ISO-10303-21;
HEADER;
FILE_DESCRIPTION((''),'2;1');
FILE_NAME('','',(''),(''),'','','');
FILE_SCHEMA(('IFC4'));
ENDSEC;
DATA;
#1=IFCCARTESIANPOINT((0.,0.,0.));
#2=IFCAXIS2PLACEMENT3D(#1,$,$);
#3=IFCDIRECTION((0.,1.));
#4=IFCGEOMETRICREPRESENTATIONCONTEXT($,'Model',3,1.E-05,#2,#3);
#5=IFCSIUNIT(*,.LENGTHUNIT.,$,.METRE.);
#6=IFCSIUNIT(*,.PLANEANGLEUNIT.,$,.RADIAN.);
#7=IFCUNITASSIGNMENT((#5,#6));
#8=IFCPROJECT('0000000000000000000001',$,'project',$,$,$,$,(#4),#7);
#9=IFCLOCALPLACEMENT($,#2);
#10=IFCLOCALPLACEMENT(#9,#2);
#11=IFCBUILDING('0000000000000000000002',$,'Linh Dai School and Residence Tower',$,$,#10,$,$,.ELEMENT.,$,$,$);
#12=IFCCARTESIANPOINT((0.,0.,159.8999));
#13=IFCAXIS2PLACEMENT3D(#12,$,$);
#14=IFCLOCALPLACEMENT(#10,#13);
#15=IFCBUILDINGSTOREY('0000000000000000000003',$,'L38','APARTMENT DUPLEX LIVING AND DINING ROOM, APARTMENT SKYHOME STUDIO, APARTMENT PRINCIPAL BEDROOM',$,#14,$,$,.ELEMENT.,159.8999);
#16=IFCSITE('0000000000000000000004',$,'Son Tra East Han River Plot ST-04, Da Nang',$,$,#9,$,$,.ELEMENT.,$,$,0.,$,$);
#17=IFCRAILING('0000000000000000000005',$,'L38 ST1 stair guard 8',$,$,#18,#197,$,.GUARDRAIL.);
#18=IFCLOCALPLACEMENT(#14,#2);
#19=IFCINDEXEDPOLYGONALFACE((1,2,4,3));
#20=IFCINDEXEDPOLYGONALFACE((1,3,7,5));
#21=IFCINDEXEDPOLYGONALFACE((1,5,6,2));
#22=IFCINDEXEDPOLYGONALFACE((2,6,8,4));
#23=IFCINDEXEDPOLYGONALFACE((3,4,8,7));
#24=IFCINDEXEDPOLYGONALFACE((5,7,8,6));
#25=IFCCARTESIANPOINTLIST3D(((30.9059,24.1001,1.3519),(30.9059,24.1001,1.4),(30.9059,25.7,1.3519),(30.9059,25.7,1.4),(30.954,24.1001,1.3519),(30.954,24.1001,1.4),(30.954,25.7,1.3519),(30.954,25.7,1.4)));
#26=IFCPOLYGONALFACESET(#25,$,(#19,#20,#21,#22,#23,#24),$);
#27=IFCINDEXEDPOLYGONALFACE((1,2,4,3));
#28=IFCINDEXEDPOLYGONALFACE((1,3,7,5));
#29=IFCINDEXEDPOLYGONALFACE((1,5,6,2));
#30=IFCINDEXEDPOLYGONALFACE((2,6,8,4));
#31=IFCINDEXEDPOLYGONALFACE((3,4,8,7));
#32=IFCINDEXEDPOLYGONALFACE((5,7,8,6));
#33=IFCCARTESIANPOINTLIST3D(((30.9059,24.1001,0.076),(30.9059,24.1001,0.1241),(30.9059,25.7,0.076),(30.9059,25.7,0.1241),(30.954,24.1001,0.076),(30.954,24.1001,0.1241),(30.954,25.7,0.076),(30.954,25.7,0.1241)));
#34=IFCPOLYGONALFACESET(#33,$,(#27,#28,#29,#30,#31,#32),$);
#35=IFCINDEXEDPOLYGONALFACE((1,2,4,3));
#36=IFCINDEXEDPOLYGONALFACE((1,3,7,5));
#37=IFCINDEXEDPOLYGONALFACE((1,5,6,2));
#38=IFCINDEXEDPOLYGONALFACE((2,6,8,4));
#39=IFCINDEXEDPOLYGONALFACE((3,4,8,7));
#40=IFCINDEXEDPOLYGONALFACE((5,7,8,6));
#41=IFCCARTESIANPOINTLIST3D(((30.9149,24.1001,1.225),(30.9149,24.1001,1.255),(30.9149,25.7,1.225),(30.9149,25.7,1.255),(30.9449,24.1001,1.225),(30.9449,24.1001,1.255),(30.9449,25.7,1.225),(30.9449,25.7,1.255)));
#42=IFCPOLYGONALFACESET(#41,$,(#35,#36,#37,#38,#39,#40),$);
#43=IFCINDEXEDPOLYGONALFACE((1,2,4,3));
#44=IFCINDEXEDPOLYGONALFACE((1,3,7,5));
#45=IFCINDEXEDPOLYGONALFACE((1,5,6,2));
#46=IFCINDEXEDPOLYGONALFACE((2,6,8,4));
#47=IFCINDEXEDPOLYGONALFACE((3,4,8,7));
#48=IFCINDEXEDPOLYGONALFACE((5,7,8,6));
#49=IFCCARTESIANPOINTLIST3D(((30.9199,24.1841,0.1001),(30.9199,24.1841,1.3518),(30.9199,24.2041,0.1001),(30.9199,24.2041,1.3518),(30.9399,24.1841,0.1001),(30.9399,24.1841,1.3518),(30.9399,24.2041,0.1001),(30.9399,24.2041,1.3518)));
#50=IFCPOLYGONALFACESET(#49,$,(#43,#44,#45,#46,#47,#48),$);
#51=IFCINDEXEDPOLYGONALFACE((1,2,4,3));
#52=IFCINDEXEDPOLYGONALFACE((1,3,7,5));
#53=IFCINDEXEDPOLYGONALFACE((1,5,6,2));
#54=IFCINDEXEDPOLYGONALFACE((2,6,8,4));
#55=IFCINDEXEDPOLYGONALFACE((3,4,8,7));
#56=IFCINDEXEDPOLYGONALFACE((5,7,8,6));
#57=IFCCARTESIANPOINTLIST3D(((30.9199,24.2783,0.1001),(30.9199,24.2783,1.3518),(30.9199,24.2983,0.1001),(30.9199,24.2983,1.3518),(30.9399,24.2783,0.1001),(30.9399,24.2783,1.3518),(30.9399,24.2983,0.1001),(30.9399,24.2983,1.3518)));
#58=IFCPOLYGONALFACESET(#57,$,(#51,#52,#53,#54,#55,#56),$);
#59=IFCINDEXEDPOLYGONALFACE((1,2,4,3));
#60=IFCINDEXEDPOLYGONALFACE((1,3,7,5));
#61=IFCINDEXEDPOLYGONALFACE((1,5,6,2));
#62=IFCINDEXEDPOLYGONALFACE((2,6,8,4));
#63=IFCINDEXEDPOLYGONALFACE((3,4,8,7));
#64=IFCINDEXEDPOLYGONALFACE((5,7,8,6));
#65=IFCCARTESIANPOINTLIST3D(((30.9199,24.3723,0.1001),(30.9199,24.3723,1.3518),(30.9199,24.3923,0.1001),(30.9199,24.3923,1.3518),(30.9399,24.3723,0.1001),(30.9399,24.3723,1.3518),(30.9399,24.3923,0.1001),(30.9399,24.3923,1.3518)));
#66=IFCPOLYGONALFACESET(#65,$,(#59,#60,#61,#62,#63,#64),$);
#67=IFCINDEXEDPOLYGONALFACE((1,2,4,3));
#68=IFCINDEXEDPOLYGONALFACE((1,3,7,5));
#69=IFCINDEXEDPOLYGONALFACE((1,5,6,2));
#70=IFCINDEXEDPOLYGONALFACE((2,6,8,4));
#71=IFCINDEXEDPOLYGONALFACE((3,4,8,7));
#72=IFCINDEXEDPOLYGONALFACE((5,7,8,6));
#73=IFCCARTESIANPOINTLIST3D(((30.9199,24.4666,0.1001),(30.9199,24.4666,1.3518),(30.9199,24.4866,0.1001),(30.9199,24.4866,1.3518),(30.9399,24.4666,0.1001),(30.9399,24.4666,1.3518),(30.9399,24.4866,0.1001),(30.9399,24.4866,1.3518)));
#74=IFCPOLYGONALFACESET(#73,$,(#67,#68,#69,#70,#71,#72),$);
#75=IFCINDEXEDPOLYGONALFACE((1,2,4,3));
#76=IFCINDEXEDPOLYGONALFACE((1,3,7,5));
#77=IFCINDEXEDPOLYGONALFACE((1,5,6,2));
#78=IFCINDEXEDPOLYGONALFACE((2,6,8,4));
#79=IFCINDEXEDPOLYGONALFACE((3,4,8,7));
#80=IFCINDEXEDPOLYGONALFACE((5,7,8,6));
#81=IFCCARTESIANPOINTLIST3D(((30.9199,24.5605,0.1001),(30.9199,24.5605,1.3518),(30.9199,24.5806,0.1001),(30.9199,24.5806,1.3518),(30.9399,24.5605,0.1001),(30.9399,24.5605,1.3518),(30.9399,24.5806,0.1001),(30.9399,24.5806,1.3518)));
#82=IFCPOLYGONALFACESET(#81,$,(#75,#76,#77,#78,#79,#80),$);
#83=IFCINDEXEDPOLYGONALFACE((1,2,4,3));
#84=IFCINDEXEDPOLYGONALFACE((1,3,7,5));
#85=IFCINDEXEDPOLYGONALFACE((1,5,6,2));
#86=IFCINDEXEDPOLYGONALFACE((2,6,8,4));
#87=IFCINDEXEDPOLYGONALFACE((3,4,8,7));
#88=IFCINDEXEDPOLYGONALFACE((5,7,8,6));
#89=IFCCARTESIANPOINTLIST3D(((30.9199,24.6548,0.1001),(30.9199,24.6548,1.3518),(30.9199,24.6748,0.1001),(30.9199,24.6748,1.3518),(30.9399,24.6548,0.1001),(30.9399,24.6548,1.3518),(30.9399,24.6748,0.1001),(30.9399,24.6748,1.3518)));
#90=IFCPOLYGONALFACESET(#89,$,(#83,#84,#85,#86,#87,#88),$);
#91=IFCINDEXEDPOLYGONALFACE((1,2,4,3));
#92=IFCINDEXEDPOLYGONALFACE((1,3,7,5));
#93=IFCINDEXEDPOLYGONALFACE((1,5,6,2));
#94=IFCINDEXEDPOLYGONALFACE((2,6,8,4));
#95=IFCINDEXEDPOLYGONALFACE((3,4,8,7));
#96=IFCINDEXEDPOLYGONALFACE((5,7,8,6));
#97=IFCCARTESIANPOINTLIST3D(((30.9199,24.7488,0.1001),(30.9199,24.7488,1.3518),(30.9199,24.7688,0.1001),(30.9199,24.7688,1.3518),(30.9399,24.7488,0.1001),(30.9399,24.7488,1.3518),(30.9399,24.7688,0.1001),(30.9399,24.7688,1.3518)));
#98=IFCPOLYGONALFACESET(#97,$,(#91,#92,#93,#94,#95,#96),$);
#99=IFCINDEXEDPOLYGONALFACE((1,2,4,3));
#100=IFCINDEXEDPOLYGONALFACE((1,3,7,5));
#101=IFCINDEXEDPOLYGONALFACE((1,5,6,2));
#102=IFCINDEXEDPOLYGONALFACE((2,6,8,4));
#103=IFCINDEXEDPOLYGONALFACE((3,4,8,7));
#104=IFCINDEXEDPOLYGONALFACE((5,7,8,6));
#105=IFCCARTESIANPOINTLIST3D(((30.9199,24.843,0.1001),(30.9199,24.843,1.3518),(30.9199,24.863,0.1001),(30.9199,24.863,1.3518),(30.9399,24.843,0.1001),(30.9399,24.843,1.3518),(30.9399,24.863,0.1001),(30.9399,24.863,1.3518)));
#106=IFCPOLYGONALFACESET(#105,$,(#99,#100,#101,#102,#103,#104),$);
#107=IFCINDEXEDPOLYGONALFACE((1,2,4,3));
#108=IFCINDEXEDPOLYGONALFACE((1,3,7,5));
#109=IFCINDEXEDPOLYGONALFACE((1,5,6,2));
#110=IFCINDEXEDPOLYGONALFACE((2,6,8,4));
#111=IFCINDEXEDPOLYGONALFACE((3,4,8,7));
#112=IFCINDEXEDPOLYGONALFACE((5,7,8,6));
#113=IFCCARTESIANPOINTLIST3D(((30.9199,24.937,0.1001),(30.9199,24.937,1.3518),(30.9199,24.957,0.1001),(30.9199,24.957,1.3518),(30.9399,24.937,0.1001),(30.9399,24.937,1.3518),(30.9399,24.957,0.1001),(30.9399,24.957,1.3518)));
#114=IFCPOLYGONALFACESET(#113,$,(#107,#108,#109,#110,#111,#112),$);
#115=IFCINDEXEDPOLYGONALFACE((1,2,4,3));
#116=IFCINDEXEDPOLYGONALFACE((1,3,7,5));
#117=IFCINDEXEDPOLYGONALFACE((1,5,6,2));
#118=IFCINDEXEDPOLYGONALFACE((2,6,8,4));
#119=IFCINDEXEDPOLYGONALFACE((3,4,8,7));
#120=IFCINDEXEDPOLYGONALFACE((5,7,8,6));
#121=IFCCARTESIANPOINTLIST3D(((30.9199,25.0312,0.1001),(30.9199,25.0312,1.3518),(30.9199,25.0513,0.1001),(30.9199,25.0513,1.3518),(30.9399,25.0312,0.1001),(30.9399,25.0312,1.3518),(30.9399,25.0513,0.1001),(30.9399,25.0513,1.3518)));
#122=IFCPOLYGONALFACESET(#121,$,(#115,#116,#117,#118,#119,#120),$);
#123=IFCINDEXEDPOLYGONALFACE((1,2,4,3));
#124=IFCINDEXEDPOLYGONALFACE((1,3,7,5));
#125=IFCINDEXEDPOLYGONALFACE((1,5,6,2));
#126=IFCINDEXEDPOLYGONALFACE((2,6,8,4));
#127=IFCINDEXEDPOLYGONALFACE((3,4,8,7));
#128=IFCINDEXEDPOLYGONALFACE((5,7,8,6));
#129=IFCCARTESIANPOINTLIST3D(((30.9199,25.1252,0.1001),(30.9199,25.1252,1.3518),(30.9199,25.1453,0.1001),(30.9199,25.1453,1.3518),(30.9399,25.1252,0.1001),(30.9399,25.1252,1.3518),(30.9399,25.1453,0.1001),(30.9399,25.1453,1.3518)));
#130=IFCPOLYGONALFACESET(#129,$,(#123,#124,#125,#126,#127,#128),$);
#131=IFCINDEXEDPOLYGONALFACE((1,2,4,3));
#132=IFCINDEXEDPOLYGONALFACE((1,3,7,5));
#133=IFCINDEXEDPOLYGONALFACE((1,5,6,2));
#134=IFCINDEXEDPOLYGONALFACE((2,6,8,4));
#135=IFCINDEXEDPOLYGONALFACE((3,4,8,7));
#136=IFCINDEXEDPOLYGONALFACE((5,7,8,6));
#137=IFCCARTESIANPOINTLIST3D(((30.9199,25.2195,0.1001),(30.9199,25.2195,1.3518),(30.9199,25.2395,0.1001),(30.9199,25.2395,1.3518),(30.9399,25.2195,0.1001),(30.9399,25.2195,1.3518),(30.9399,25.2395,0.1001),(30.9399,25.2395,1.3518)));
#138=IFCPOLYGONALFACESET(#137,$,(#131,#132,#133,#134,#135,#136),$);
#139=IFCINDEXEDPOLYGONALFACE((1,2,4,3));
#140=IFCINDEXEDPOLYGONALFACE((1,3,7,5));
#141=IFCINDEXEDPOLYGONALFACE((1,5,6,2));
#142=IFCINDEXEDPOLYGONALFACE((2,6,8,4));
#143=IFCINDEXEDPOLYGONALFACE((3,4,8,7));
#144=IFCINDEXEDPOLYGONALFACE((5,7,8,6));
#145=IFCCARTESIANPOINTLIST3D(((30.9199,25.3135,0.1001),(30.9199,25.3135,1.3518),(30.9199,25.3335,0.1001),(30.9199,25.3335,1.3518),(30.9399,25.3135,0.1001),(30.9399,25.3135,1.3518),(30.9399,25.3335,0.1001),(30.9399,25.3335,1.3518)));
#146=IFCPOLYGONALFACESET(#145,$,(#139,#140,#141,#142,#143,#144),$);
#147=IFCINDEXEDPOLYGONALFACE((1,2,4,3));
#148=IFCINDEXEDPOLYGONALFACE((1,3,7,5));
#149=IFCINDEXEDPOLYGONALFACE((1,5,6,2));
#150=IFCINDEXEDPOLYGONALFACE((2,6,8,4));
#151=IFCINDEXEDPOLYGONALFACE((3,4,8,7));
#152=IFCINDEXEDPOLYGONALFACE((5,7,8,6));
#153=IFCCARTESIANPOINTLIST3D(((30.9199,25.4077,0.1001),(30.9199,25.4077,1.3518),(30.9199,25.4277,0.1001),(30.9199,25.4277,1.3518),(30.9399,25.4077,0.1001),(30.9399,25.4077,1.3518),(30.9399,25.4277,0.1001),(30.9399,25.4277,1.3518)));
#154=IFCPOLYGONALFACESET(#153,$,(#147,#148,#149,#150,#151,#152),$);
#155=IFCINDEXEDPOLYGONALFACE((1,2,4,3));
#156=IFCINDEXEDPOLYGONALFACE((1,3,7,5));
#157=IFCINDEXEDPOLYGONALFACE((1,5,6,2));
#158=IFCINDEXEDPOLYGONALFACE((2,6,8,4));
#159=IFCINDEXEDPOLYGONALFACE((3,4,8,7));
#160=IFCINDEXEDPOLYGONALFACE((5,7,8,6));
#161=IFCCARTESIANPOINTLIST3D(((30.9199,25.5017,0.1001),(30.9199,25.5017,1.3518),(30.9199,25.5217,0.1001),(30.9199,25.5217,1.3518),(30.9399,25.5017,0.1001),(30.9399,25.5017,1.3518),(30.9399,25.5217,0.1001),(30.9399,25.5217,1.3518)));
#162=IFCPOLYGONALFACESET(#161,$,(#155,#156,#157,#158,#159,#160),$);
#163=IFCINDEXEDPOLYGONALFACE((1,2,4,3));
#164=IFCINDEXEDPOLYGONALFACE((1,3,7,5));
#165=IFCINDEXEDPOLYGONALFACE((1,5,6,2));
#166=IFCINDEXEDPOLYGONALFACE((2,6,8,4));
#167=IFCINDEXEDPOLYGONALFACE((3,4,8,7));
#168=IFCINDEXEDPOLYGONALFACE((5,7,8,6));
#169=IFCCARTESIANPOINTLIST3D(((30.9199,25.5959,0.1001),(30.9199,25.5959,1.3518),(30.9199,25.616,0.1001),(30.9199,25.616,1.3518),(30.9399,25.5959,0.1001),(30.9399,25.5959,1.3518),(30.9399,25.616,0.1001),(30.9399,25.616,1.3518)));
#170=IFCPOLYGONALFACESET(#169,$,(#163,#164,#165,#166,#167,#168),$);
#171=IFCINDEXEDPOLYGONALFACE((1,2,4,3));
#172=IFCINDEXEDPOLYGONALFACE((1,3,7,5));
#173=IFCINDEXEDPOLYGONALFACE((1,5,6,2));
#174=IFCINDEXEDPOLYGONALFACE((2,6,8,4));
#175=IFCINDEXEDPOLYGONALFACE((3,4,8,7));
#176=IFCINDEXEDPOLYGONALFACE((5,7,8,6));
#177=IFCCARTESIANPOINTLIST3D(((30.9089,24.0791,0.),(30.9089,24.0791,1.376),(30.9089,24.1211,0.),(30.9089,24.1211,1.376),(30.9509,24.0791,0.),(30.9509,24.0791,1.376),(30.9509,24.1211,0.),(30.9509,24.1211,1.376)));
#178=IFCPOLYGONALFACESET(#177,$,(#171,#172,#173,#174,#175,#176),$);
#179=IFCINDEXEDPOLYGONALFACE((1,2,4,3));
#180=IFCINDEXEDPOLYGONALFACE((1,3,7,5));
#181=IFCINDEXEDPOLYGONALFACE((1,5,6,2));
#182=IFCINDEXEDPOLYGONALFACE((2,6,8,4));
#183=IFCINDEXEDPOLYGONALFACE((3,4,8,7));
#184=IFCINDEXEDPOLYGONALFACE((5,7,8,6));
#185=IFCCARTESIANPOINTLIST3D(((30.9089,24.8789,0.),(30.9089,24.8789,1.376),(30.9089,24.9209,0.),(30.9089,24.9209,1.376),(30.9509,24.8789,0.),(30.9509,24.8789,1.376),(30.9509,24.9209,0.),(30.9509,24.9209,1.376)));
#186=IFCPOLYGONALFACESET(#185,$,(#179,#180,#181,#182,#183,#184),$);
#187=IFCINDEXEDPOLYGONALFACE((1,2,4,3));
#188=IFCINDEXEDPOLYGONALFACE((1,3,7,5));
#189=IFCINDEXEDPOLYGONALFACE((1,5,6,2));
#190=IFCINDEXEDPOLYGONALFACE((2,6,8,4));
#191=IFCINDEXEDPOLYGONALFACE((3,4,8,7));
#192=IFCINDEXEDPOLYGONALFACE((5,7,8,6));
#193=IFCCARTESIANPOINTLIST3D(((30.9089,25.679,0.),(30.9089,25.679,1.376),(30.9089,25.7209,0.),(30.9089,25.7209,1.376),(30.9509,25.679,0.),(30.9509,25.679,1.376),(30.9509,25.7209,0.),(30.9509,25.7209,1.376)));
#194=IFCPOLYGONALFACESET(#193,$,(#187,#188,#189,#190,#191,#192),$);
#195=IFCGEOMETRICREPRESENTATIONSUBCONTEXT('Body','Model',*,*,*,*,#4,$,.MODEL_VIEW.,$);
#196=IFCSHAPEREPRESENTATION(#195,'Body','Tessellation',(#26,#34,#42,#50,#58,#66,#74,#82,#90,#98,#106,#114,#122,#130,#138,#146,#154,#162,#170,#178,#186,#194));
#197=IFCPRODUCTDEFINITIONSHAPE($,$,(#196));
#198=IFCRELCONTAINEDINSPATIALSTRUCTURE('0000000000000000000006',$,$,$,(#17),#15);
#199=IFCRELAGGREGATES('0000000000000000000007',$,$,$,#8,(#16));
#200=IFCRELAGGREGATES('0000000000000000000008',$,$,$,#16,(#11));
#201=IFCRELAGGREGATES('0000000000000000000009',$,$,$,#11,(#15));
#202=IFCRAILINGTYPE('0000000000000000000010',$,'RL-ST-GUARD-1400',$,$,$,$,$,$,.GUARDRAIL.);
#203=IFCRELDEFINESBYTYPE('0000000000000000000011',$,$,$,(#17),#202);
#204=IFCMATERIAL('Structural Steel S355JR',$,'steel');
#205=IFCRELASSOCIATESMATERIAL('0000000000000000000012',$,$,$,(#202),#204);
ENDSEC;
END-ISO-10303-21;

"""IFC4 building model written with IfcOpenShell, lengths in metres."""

from ifc_helpers import new_model, si_unit, direction, frame, origin, origin_2d, place, context, subcontext, project, spatial, rectangle, extrude, source, transform, mapped, material, type_object, element, save


model = new_model("IFC4")

# Units and contexts
model_context = context("Model", 3, precision=1e-05, world=origin(), true_north=direction((0.0, 1.0)))
body_context = subcontext(model_context, "Body", "Model", "MODEL_VIEW")
ifc_project = project(units=[si_unit("LENGTHUNIT", "METRE"), si_unit("PLANEANGLEUNIT", "RADIAN")], contexts=[model_context])

# Site, building, storey
site_placement = place(None, origin())
site = spatial("IfcSite", under=ifc_project, at=site_placement, Name="Son Tra East Han River Plot ST-04, Da Nang", CompositionType="ELEMENT", RefElevation=0.0)
building_placement = place(site_placement, origin())
building = spatial("IfcBuilding", under=site, at=building_placement, Name="Linh Dai School and Residence Tower", CompositionType="ELEMENT")
storey_placement = place(building_placement, frame((0.0, 0.0, 159.8999)))
storey = spatial("IfcBuildingStorey", under=building, at=storey_placement, Name="L38", Description="APARTMENT DUPLEX LIVING AND DINING ROOM, APARTMENT SKYHOME STUDIO, APARTMENT PRINCIPAL BEDROOM", CompositionType="ELEMENT", Elevation=159.8999)

# Shared definitions
ifc_material_1 = material(Name="Structural Steel S355JR", Category="steel")

# Railing
railing_type = type_object("IfcRailingType", Name="RL-ST-GUARD-1400", PredefinedType="GUARDRAIL", material=ifc_material_1)
shared_shape_1 = source(origin(), body_context, "Body", "SweptSolid", [
    extrude(rectangle(XDim=0.0481, YDim=0.0481, at=origin_2d()), frame((0.0, 0.0, 1.376), z_axis=(0.0, 1.0, 0.0), x_axis=(-1.0, 0.0, 0.0)), (0.0, 0.0, 1.0), 1.5999),
    extrude(rectangle(XDim=0.0481, YDim=0.0481, at=origin_2d()), frame((0.0, 0.0, 0.1001), z_axis=(0.0, 1.0, 0.0), x_axis=(-1.0, 0.0, 0.0)), (0.0, 0.0, 1.0), 1.5999),
    extrude(rectangle(XDim=0.03, YDim=0.03, at=origin_2d()), frame((0.0, 0.0, 1.24), z_axis=(0.0, 1.0, 0.0), x_axis=(-1.0, 0.0, 0.0)), (0.0, 0.0, 1.0), 1.5999),
    extrude(rectangle(XDim=0.02, YDim=0.02, at=origin_2d()), frame((0.0, 0.094, 0.1001)), (0.0, 0.0, 1.0), 1.2517),
    extrude(rectangle(XDim=0.02, YDim=0.02, at=origin_2d()), frame((0.0, 0.1882, 0.1001)), (0.0, 0.0, 1.0), 1.2517),
    extrude(rectangle(XDim=0.02, YDim=0.02, at=origin_2d()), frame((0.0, 0.2822, 0.1001)), (0.0, 0.0, 1.0), 1.2517),
    extrude(rectangle(XDim=0.02, YDim=0.02, at=origin_2d()), frame((0.0, 0.3765, 0.1001)), (0.0, 0.0, 1.0), 1.2517),
    extrude(rectangle(XDim=0.02, YDim=0.02, at=origin_2d()), frame((0.0, 0.4705, 0.1001)), (0.0, 0.0, 1.0), 1.2517),
    extrude(rectangle(XDim=0.02, YDim=0.02, at=origin_2d()), frame((0.0, 0.5647, 0.1001)), (0.0, 0.0, 1.0), 1.2517),
    extrude(rectangle(XDim=0.02, YDim=0.02, at=origin_2d()), frame((0.0, 0.6587, 0.1001)), (0.0, 0.0, 1.0), 1.2517),
    extrude(rectangle(XDim=0.02, YDim=0.02, at=origin_2d()), frame((0.0, 0.7529, 0.1001)), (0.0, 0.0, 1.0), 1.2517),
    extrude(rectangle(XDim=0.02, YDim=0.02, at=origin_2d()), frame((0.0, 0.8469, 0.1001)), (0.0, 0.0, 1.0), 1.2517),
    extrude(rectangle(XDim=0.02, YDim=0.02, at=origin_2d()), frame((0.0, 0.9412, 0.1001)), (0.0, 0.0, 1.0), 1.2517),
    extrude(rectangle(XDim=0.02, YDim=0.02, at=origin_2d()), frame((0.0, 1.0352, 0.1001)), (0.0, 0.0, 1.0), 1.2517),
    extrude(rectangle(XDim=0.02, YDim=0.02, at=origin_2d()), frame((0.0, 1.1294, 0.1001)), (0.0, 0.0, 1.0), 1.2517),
    extrude(rectangle(XDim=0.02, YDim=0.02, at=origin_2d()), frame((0.0, 1.2234, 0.1001)), (0.0, 0.0, 1.0), 1.2517),
    extrude(rectangle(XDim=0.02, YDim=0.02, at=origin_2d()), frame((0.0, 1.3176, 0.1001)), (0.0, 0.0, 1.0), 1.2517),
    extrude(rectangle(XDim=0.02, YDim=0.02, at=origin_2d()), frame((0.0, 1.4116, 0.1001)), (0.0, 0.0, 1.0), 1.2517),
    extrude(rectangle(XDim=0.02, YDim=0.02, at=origin_2d()), frame((0.0, 1.5059, 0.1001)), (0.0, 0.0, 1.0), 1.2517),
    extrude(rectangle(XDim=0.042, YDim=0.042, at=origin_2d()), origin(), (0.0, 0.0, 1.0), 1.376),
    extrude(rectangle(XDim=0.042, YDim=0.042, at=origin_2d()), frame((0.0, 0.7998, 0.0)), (0.0, 0.0, 1.0), 1.376),
    extrude(rectangle(XDim=0.042, YDim=0.042, at=origin_2d()), frame((0.0, 1.5999, 0.0)), (0.0, 0.0, 1.0), 1.376),
])
for number, where, name in (
    (1, (30.9299, 24.1001, 0.0), "L38 ST1 stair guard 8"),
):
    element("IfcRailing", number, at=place(storey_placement, frame(where)), inside=storey, type_object=railing_type, Name=name, PredefinedType="GUARDRAIL", context=body_context, shape_type="MappedRepresentation", body=[
        mapped(shared_shape_1, transform((0.0, 0.0, 0.0), x_axis=(1.0, 0.0, 0.0), y_axis=(0.0, 1.0, 0.0), z_axis=(0.0, 0.0, 1.0), scale=1.0)),
    ])

save(model, "model.ifc")
